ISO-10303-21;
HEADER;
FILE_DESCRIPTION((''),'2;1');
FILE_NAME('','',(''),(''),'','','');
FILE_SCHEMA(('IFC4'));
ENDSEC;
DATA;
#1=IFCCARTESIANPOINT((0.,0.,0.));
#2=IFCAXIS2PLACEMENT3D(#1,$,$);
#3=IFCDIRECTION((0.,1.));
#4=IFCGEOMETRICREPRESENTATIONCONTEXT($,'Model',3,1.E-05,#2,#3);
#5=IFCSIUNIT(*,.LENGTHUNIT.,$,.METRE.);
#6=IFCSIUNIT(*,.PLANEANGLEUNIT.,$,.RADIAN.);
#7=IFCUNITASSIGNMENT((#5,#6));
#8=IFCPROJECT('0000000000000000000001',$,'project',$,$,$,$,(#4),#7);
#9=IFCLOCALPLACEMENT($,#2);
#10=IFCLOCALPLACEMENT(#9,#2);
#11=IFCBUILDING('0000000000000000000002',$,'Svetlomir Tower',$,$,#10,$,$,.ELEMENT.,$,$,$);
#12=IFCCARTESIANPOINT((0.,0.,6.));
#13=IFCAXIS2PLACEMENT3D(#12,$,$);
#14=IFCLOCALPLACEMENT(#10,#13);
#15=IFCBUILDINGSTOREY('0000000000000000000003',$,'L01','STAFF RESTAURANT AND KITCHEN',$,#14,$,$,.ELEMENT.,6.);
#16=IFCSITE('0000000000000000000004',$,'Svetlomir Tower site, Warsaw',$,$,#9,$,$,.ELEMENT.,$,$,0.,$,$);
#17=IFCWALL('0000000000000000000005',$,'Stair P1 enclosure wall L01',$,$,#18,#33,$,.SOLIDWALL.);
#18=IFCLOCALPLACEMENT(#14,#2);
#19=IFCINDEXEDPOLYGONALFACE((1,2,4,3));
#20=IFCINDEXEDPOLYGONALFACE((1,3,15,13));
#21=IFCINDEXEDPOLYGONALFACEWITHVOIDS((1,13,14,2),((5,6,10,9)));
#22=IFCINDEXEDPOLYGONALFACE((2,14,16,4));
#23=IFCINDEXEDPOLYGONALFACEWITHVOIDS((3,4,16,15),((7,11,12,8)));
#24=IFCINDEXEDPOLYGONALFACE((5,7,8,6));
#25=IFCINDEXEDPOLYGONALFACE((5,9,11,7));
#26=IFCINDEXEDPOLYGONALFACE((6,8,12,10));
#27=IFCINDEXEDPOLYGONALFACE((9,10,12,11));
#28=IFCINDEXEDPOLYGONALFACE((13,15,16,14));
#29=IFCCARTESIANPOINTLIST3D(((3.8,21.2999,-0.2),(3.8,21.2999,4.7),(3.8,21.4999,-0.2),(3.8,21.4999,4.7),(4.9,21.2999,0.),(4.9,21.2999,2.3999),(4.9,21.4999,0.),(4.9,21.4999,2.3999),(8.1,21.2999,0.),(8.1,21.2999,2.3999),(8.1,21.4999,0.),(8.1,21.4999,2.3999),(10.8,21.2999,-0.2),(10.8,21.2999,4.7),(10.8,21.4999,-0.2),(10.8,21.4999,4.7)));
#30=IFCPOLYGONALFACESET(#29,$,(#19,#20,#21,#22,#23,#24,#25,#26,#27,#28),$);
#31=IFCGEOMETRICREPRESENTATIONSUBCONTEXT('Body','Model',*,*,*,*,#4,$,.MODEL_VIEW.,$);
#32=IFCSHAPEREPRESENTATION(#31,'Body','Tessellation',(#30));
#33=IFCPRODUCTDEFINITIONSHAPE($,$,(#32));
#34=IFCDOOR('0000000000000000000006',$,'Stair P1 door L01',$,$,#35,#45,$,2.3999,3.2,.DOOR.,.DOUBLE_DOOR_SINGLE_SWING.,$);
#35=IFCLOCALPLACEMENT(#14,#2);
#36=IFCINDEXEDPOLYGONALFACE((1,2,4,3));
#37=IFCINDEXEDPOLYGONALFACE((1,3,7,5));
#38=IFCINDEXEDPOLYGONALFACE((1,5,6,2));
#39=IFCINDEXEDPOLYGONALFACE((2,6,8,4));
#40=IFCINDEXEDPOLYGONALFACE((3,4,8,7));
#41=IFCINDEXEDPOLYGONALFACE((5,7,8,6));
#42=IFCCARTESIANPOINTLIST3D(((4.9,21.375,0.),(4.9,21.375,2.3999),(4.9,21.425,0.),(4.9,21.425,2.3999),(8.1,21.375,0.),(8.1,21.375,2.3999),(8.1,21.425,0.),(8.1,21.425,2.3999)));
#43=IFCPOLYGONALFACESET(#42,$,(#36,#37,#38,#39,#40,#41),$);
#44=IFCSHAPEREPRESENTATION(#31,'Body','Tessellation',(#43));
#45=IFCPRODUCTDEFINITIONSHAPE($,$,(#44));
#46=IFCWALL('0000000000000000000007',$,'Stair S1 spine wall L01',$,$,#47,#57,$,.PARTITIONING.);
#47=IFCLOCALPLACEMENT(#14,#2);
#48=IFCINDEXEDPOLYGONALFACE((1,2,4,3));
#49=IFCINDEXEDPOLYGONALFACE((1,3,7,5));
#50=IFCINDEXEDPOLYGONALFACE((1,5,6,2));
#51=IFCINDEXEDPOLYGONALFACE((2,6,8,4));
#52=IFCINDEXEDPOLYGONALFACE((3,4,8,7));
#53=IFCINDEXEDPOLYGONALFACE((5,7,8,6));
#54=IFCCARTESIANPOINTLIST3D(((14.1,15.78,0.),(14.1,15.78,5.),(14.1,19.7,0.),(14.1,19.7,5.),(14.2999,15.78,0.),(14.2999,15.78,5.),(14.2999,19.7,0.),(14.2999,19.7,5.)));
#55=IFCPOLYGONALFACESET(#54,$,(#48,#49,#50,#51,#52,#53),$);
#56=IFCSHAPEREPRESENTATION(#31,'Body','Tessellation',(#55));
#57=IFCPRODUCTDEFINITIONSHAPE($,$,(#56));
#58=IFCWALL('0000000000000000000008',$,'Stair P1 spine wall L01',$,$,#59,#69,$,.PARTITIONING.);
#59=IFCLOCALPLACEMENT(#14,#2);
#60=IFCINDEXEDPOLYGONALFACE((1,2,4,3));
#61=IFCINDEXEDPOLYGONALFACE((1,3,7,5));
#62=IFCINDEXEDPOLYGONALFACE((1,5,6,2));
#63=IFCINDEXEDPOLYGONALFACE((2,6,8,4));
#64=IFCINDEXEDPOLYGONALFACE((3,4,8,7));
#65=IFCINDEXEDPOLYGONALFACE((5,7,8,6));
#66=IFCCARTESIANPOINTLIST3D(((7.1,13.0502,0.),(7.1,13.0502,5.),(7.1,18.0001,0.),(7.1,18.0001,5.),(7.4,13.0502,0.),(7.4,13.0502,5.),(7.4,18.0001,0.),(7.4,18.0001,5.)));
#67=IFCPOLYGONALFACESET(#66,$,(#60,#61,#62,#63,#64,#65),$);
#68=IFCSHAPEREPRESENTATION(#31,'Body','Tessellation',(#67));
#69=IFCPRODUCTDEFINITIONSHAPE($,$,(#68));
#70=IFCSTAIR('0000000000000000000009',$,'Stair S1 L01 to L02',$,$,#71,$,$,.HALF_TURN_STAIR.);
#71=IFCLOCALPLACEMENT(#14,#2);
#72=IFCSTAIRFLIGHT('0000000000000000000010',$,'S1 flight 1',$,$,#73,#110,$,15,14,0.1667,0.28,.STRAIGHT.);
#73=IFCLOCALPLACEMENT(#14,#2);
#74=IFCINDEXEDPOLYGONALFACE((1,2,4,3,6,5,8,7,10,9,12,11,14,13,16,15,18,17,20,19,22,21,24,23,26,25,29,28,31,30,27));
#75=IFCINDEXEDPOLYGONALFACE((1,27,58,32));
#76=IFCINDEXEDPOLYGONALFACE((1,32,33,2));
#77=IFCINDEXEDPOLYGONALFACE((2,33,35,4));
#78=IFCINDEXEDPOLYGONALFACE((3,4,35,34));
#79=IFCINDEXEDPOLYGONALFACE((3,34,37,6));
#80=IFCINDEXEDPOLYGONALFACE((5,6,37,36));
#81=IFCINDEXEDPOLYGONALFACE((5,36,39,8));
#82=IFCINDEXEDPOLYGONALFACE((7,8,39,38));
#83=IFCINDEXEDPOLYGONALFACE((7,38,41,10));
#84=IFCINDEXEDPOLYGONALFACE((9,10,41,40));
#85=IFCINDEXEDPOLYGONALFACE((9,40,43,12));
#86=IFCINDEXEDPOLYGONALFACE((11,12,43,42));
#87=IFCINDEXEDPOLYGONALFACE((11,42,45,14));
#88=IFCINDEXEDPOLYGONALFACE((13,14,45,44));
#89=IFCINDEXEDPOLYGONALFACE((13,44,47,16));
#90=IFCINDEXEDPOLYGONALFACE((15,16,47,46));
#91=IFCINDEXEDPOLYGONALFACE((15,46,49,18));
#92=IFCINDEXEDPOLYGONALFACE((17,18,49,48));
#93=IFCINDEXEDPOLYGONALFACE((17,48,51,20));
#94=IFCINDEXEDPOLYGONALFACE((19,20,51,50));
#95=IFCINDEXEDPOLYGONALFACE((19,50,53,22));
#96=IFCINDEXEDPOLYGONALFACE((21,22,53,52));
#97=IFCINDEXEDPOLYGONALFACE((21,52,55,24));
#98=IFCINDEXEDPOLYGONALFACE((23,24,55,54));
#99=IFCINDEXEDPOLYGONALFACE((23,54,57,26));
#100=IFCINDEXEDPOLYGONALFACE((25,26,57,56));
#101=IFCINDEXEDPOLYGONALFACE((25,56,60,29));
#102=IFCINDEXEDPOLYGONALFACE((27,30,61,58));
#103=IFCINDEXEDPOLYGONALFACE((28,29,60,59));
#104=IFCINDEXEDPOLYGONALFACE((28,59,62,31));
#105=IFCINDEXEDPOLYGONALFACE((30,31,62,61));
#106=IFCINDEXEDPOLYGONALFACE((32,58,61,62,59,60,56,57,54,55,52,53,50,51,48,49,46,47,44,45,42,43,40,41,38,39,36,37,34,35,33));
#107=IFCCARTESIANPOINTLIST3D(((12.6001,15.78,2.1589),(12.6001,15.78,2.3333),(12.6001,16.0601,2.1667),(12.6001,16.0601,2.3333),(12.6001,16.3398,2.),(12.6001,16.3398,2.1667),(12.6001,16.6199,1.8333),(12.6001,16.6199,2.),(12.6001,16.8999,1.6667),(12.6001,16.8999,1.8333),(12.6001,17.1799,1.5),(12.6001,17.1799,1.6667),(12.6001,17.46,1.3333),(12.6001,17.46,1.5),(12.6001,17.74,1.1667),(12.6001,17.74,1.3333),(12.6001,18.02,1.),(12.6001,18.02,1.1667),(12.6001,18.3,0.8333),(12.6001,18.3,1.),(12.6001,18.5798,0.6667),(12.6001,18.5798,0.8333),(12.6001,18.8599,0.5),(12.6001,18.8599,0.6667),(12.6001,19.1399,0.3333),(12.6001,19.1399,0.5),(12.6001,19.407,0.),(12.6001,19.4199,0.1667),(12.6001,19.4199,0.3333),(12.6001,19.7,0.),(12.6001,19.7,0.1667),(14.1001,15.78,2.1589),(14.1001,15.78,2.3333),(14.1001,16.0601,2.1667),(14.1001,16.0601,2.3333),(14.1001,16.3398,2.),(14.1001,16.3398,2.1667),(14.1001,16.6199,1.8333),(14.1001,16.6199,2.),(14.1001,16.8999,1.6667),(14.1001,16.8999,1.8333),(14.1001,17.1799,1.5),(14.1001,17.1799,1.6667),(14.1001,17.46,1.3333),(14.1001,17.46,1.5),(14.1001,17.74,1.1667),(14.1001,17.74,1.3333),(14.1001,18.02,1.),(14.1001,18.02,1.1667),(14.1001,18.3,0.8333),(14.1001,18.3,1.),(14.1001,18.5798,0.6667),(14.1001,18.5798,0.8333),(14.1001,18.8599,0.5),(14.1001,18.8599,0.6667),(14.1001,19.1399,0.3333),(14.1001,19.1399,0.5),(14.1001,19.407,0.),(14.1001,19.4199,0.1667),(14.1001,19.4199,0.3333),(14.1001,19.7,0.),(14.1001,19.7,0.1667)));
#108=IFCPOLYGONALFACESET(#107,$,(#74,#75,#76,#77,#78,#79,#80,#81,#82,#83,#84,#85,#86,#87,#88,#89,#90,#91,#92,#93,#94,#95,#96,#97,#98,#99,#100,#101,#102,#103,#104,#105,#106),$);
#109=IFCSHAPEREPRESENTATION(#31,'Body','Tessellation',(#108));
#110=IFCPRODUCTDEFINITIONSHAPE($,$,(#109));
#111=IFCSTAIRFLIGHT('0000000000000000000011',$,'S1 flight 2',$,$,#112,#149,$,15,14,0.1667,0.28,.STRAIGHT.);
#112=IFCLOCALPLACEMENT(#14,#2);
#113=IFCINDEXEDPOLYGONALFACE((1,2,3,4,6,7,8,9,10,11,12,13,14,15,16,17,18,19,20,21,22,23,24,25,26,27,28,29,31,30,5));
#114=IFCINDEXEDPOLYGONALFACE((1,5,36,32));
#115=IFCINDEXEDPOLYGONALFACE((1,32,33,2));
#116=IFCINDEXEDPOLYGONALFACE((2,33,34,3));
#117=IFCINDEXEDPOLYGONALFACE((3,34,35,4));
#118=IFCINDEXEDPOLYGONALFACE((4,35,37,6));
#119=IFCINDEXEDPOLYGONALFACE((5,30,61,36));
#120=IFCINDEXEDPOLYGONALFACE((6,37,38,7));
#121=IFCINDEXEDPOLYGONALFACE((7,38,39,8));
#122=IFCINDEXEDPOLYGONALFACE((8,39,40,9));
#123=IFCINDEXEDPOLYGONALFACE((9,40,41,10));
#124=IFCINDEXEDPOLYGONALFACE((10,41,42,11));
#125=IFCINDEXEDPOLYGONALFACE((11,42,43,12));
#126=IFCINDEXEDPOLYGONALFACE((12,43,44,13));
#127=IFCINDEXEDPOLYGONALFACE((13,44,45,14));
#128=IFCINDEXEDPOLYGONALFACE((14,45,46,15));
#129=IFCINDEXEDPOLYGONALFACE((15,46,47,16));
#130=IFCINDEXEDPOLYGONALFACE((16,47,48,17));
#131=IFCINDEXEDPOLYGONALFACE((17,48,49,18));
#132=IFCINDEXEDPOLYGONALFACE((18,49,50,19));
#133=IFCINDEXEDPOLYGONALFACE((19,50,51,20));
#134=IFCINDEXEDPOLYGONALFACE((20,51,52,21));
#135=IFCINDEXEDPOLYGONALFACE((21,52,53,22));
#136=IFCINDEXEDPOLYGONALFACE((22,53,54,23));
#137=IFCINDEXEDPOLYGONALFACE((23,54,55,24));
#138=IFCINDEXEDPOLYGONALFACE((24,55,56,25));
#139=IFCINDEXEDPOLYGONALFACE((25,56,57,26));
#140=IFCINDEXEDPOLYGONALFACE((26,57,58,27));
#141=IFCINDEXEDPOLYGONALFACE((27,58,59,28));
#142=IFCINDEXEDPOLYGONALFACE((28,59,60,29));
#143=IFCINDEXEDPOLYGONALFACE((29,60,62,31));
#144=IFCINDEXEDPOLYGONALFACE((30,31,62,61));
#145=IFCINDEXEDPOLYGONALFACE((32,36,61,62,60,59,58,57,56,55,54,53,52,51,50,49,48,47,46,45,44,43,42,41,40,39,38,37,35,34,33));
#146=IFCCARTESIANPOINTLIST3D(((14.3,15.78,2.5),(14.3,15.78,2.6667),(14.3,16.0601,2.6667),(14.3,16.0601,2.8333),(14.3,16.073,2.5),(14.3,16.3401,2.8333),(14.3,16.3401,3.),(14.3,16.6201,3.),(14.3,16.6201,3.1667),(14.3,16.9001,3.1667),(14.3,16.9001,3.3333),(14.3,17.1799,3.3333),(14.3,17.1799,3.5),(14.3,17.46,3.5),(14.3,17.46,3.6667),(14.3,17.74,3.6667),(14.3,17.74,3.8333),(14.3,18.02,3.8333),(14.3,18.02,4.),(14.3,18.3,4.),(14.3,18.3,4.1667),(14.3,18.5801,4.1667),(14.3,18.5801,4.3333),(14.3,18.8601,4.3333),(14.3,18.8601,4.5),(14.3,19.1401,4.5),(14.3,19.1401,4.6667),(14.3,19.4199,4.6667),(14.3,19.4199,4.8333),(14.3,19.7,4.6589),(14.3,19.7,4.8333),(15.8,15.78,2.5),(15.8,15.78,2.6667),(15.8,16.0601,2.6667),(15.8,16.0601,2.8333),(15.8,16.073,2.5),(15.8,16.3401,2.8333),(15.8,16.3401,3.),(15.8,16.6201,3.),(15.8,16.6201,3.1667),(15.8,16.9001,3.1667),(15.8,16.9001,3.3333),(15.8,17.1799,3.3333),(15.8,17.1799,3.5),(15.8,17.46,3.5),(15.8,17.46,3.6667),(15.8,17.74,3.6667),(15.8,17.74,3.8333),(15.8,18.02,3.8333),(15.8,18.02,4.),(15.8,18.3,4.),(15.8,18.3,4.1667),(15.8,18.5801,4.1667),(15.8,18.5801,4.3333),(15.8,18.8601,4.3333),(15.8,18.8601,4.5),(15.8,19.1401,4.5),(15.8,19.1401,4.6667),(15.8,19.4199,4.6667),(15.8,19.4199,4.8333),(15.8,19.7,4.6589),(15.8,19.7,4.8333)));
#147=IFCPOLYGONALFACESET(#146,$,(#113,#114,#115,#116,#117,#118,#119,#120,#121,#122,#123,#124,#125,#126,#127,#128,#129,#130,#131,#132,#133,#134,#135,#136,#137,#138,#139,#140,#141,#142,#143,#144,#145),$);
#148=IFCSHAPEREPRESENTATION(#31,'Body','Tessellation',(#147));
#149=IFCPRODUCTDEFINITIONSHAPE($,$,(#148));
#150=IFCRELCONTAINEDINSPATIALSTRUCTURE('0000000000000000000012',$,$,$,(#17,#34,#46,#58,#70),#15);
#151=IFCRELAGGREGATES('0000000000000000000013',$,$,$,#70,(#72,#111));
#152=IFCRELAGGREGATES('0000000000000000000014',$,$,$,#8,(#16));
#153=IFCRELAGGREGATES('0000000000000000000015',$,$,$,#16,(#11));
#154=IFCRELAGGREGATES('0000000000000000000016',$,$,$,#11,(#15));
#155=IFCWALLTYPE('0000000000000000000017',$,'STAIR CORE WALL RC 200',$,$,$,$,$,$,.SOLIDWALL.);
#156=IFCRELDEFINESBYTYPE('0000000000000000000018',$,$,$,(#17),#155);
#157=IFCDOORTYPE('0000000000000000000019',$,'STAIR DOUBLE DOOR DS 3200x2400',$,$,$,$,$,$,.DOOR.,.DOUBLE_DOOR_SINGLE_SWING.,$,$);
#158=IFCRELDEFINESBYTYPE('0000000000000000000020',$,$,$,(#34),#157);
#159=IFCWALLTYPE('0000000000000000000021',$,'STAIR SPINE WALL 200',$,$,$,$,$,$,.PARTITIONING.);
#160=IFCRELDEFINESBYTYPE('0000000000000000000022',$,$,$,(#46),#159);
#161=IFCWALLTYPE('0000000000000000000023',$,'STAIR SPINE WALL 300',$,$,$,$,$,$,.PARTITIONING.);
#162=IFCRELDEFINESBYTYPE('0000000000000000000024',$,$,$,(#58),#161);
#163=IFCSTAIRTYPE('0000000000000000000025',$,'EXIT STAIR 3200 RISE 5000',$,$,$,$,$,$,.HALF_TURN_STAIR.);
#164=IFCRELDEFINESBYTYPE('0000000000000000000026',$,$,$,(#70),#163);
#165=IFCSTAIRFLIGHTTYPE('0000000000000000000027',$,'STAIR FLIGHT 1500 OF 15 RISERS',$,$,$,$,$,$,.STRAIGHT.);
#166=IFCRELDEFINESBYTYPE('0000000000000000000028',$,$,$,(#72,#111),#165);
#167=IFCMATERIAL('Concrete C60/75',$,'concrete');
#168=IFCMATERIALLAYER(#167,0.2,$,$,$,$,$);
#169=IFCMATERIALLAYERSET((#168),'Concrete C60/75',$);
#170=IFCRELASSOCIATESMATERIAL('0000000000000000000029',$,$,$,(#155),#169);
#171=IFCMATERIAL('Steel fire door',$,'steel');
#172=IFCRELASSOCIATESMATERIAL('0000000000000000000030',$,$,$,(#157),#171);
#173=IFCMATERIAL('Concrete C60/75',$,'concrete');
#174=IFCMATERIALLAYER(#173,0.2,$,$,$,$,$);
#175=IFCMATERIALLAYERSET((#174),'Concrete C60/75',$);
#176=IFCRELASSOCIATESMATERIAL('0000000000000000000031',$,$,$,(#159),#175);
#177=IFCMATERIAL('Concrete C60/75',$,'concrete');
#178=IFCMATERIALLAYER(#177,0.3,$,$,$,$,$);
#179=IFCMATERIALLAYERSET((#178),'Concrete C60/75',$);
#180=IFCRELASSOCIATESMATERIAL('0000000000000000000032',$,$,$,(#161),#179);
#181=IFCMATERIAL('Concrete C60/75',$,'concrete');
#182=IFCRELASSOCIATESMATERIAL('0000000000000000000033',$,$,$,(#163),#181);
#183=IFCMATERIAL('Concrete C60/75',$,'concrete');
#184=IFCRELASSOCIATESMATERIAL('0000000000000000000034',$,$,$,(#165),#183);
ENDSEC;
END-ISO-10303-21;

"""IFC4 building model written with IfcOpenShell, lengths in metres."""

from ifc_helpers import new_model, si_unit, direction, frame, frame_2d, origin, place, context, subcontext, project, spatial, polyline, rectangle, outline, extrude, material, layer, layer_set, type_object, element, fill, aggregate, save


model = new_model("IFC4")

# Units and contexts
model_context = context("Model", 3, precision=1e-05, world=origin(), true_north=direction((0.0, 1.0)))
body_context = subcontext(model_context, "Body", "Model", "MODEL_VIEW")
ifc_project = project(units=[si_unit("LENGTHUNIT", "METRE"), si_unit("PLANEANGLEUNIT", "RADIAN")], contexts=[model_context])

# Site, building, storey
site_placement = place(None, origin())
site = spatial("IfcSite", under=ifc_project, at=site_placement, Name="Svetlomir Tower site, Warsaw", CompositionType="ELEMENT", RefElevation=0.0)
building_placement = place(site_placement, origin())
building = spatial("IfcBuilding", under=site, at=building_placement, Name="Svetlomir Tower", CompositionType="ELEMENT")
storey_placement = place(building_placement, frame((0.0, 0.0, 6.0)))
storey = spatial("IfcBuildingStorey", under=building, at=storey_placement, Name="L01", Description="STAFF RESTAURANT AND KITCHEN", CompositionType="ELEMENT", Elevation=6.0)

# Wall, opening, door
ifc_material_1 = material(Name="Concrete C60/75", Category="concrete")
ifc_layer_1 = layer(ifc_material_1, 0.2)
ifc_layer_set_1 = layer_set([ifc_layer_1], Name="Concrete C60/75")
wall_type_1 = type_object("IfcWallType", Name="STAIR CORE WALL RC 200", PredefinedType="SOLIDWALL", material=ifc_layer_set_1)
wall_1_placement = place(storey_placement, frame((10.8, 21.3999, -0.2), z_axis=(0.0, 0.0, 1.0), x_axis=(-1.0, 0.0, 0.0)))
wall_1 = element("IfcWall", 1, at=wall_1_placement, inside=storey, type_object=wall_type_1, Name="Stair P1 enclosure wall L01", PredefinedType="SOLIDWALL", context=body_context, shape_type="SweptSolid", body=[
    extrude(rectangle(XDim=7.0, YDim=0.2, at=frame_2d((3.5, 0.0))), origin(), (0.0, 0.0, 1.0), 4.8999),
])
opening_1_placement = place(wall_1_placement, frame((2.7, 0.0, 0.2)))
opening_1 = element("IfcOpeningElement", 2, at=opening_1_placement, cuts=wall_1, PredefinedType="OPENING", context=body_context, shape_type="SweptSolid", body=[
    extrude(rectangle(XDim=3.2, YDim=2.3999, at=frame_2d((1.6001, 1.2))), frame((0.0, 0.1099, 0.0), z_axis=(0.0, -1.0, 0.0), x_axis=(1.0, 0.0, 0.0)), (0.0, 0.0, 1.0), 0.22),
])
ifc_material_2 = material(Name="Steel fire door", Category="steel")
door_type_1 = type_object("IfcDoorType", Name="STAIR DOUBLE DOOR DS 3200x2400", OperationType="DOUBLE_DOOR_SINGLE_SWING", PredefinedType="DOOR", material=ifc_material_2)
door_1_placement = place(opening_1_placement, origin())
door_1 = element("IfcDoor", 3, at=door_1_placement, inside=storey, type_object=door_type_1, Name="Stair P1 door L01", OperationType="DOUBLE_DOOR_SINGLE_SWING", OverallHeight=2.3999, OverallWidth=3.2, PredefinedType="DOOR", context=body_context, shape_type="SweptSolid", body=[
    extrude(rectangle(XDim=3.2, YDim=2.3999, at=frame_2d((1.6001, 1.2))), frame((0.0, 0.0249, 0.0), z_axis=(0.0, -1.0, 0.0), x_axis=(1.0, 0.0, 0.0)), (0.0, 0.0, 1.0), 0.05),
])
fill(opening_1, door_1)

# Walls
ifc_material_3 = material(Name="Concrete C60/75", Category="concrete")
ifc_layer_2 = layer(ifc_material_3, 0.2)
ifc_layer_set_2 = layer_set([ifc_layer_2], Name="Concrete C60/75")
wall_type_2 = type_object("IfcWallType", Name="STAIR SPINE WALL 200", PredefinedType="PARTITIONING", material=ifc_layer_set_2)
wall_2_placement = place(storey_placement, frame((14.2, 15.78, 0.0), z_axis=(0.0, 0.0, 1.0), x_axis=(0.0, 1.0, 0.0)))
element("IfcWall", 4, at=wall_2_placement, inside=storey, type_object=wall_type_2, Name="Stair S1 spine wall L01", PredefinedType="PARTITIONING", context=body_context, shape_type="SweptSolid", body=[
    extrude(rectangle(XDim=3.9199, YDim=0.2, at=frame_2d((1.96, 0.0))), origin(), (0.0, 0.0, 1.0), 5.0),
])
ifc_material_4 = material(Name="Concrete C60/75", Category="concrete")
ifc_layer_3 = layer(ifc_material_4, 0.3)
ifc_layer_set_3 = layer_set([ifc_layer_3], Name="Concrete C60/75")
wall_type_3 = type_object("IfcWallType", Name="STAIR SPINE WALL 300", PredefinedType="PARTITIONING", material=ifc_layer_set_3)
wall_3_placement = place(storey_placement, frame((7.25, 13.05, 0.0), z_axis=(0.0, 0.0, 1.0), x_axis=(0.0, 1.0, 0.0)))
element("IfcWall", 5, at=wall_3_placement, inside=storey, type_object=wall_type_3, Name="Stair P1 spine wall L01", PredefinedType="PARTITIONING", context=body_context, shape_type="SweptSolid", body=[
    extrude(rectangle(XDim=4.95, YDim=0.3, at=frame_2d((2.4751, 0.0))), origin(), (0.0, 0.0, 1.0), 5.0),
])

# Stair, stair flights
ifc_material_5 = material(Name="Concrete C60/75", Category="concrete")
stair_type_1 = type_object("IfcStairType", Name="EXIT STAIR 3200 RISE 5000", PredefinedType="HALF_TURN_STAIR", material=ifc_material_5)
stair_1_placement = place(storey_placement, origin())
stair_1 = element("IfcStair", 6, at=stair_1_placement, inside=storey, type_object=stair_type_1, Name="Stair S1 L01 to L02", PredefinedType="HALF_TURN_STAIR")
ifc_material_6 = material(Name="Concrete C60/75", Category="concrete")
stair_flight_type_1 = type_object("IfcStairFlightType", Name="STAIR FLIGHT 1500 OF 15 RISERS", PredefinedType="STRAIGHT", material=ifc_material_6)
stair_flight_1_placement = place(storey_placement, frame((13.3501, 19.7, 0.0), z_axis=(0.0, 0.0, 1.0), x_axis=(0.0, -1.0, 0.0)))
stair_flight_1 = element("IfcStairFlight", 7, at=stair_flight_1_placement, type_object=stair_flight_type_1, Name="S1 flight 1", NumberOfRisers=15, NumberOfTreads=14, PredefinedType="STRAIGHT", RiserHeight=0.1667, TreadLength=0.28, context=body_context, shape_type="SweptSolid", body=[
    extrude(outline(polyline([(0.0, 0.0), (0.0, 0.1667), (0.28, 0.1667), (0.28, 0.3333), (0.5601, 0.3333), (0.5601, 0.5), (0.8401, 0.5), (0.8401, 0.6667), (1.1201, 0.6667), (1.1201, 0.8333), (1.3999, 0.8333), (1.3999, 1.0), (1.6799, 1.0), (1.6799, 1.1667), (1.96, 1.1667), (1.96, 1.3333), (2.24, 1.3333), (2.24, 1.5), (2.52, 1.5), (2.52, 1.6667), (2.8, 1.6667), (2.8, 1.8333), (3.0801, 1.8333), (3.0801, 2.0), (3.3601, 2.0), (3.3601, 2.1667), (3.6399, 2.1667), (3.6399, 2.3333), (3.9199, 2.3333), (3.9199, 2.5), (3.9199, 2.1589), (0.293, 0.0), (0.0, 0.0)])), frame((0.0, 0.75, 0.0), z_axis=(0.0, -1.0, 0.0), x_axis=(1.0, 0.0, 0.0)), (0.0, 0.0, 1.0), 1.5),
])
stair_flight_2_placement = place(storey_placement, frame((15.05, 15.78, 2.5), z_axis=(0.0, 0.0, 1.0), x_axis=(0.0, 1.0, 0.0)))
stair_flight_2 = element("IfcStairFlight", 8, at=stair_flight_2_placement, type_object=stair_flight_type_1, Name="S1 flight 2", NumberOfRisers=15, NumberOfTreads=14, PredefinedType="STRAIGHT", RiserHeight=0.1667, TreadLength=0.28, context=body_context, shape_type="SweptSolid", body=[
    extrude(outline(polyline([(0.0, 0.0), (0.0, 0.1667), (0.28, 0.1667), (0.28, 0.3333), (0.5601, 0.3333), (0.5601, 0.5), (0.8401, 0.5), (0.8401, 0.6667), (1.1201, 0.6667), (1.1201, 0.8333), (1.3999, 0.8333), (1.3999, 1.0), (1.6799, 1.0), (1.6799, 1.1667), (1.96, 1.1667), (1.96, 1.3333), (2.24, 1.3333), (2.24, 1.5), (2.52, 1.5), (2.52, 1.6667), (2.8, 1.6667), (2.8, 1.8333), (3.0801, 1.8333), (3.0801, 2.0), (3.3601, 2.0), (3.3601, 2.1667), (3.6399, 2.1667), (3.6399, 2.3333), (3.9199, 2.3333), (3.9199, 2.5), (3.9199, 2.1589), (0.293, 0.0), (0.0, 0.0)])), frame((0.0, 0.75, 0.0), z_axis=(0.0, -1.0, 0.0), x_axis=(1.0, 0.0, 0.0)), (0.0, 0.0, 1.0), 1.5),
])
aggregate(stair_1, [stair_flight_1, stair_flight_2])

save(model, "model.ifc")
